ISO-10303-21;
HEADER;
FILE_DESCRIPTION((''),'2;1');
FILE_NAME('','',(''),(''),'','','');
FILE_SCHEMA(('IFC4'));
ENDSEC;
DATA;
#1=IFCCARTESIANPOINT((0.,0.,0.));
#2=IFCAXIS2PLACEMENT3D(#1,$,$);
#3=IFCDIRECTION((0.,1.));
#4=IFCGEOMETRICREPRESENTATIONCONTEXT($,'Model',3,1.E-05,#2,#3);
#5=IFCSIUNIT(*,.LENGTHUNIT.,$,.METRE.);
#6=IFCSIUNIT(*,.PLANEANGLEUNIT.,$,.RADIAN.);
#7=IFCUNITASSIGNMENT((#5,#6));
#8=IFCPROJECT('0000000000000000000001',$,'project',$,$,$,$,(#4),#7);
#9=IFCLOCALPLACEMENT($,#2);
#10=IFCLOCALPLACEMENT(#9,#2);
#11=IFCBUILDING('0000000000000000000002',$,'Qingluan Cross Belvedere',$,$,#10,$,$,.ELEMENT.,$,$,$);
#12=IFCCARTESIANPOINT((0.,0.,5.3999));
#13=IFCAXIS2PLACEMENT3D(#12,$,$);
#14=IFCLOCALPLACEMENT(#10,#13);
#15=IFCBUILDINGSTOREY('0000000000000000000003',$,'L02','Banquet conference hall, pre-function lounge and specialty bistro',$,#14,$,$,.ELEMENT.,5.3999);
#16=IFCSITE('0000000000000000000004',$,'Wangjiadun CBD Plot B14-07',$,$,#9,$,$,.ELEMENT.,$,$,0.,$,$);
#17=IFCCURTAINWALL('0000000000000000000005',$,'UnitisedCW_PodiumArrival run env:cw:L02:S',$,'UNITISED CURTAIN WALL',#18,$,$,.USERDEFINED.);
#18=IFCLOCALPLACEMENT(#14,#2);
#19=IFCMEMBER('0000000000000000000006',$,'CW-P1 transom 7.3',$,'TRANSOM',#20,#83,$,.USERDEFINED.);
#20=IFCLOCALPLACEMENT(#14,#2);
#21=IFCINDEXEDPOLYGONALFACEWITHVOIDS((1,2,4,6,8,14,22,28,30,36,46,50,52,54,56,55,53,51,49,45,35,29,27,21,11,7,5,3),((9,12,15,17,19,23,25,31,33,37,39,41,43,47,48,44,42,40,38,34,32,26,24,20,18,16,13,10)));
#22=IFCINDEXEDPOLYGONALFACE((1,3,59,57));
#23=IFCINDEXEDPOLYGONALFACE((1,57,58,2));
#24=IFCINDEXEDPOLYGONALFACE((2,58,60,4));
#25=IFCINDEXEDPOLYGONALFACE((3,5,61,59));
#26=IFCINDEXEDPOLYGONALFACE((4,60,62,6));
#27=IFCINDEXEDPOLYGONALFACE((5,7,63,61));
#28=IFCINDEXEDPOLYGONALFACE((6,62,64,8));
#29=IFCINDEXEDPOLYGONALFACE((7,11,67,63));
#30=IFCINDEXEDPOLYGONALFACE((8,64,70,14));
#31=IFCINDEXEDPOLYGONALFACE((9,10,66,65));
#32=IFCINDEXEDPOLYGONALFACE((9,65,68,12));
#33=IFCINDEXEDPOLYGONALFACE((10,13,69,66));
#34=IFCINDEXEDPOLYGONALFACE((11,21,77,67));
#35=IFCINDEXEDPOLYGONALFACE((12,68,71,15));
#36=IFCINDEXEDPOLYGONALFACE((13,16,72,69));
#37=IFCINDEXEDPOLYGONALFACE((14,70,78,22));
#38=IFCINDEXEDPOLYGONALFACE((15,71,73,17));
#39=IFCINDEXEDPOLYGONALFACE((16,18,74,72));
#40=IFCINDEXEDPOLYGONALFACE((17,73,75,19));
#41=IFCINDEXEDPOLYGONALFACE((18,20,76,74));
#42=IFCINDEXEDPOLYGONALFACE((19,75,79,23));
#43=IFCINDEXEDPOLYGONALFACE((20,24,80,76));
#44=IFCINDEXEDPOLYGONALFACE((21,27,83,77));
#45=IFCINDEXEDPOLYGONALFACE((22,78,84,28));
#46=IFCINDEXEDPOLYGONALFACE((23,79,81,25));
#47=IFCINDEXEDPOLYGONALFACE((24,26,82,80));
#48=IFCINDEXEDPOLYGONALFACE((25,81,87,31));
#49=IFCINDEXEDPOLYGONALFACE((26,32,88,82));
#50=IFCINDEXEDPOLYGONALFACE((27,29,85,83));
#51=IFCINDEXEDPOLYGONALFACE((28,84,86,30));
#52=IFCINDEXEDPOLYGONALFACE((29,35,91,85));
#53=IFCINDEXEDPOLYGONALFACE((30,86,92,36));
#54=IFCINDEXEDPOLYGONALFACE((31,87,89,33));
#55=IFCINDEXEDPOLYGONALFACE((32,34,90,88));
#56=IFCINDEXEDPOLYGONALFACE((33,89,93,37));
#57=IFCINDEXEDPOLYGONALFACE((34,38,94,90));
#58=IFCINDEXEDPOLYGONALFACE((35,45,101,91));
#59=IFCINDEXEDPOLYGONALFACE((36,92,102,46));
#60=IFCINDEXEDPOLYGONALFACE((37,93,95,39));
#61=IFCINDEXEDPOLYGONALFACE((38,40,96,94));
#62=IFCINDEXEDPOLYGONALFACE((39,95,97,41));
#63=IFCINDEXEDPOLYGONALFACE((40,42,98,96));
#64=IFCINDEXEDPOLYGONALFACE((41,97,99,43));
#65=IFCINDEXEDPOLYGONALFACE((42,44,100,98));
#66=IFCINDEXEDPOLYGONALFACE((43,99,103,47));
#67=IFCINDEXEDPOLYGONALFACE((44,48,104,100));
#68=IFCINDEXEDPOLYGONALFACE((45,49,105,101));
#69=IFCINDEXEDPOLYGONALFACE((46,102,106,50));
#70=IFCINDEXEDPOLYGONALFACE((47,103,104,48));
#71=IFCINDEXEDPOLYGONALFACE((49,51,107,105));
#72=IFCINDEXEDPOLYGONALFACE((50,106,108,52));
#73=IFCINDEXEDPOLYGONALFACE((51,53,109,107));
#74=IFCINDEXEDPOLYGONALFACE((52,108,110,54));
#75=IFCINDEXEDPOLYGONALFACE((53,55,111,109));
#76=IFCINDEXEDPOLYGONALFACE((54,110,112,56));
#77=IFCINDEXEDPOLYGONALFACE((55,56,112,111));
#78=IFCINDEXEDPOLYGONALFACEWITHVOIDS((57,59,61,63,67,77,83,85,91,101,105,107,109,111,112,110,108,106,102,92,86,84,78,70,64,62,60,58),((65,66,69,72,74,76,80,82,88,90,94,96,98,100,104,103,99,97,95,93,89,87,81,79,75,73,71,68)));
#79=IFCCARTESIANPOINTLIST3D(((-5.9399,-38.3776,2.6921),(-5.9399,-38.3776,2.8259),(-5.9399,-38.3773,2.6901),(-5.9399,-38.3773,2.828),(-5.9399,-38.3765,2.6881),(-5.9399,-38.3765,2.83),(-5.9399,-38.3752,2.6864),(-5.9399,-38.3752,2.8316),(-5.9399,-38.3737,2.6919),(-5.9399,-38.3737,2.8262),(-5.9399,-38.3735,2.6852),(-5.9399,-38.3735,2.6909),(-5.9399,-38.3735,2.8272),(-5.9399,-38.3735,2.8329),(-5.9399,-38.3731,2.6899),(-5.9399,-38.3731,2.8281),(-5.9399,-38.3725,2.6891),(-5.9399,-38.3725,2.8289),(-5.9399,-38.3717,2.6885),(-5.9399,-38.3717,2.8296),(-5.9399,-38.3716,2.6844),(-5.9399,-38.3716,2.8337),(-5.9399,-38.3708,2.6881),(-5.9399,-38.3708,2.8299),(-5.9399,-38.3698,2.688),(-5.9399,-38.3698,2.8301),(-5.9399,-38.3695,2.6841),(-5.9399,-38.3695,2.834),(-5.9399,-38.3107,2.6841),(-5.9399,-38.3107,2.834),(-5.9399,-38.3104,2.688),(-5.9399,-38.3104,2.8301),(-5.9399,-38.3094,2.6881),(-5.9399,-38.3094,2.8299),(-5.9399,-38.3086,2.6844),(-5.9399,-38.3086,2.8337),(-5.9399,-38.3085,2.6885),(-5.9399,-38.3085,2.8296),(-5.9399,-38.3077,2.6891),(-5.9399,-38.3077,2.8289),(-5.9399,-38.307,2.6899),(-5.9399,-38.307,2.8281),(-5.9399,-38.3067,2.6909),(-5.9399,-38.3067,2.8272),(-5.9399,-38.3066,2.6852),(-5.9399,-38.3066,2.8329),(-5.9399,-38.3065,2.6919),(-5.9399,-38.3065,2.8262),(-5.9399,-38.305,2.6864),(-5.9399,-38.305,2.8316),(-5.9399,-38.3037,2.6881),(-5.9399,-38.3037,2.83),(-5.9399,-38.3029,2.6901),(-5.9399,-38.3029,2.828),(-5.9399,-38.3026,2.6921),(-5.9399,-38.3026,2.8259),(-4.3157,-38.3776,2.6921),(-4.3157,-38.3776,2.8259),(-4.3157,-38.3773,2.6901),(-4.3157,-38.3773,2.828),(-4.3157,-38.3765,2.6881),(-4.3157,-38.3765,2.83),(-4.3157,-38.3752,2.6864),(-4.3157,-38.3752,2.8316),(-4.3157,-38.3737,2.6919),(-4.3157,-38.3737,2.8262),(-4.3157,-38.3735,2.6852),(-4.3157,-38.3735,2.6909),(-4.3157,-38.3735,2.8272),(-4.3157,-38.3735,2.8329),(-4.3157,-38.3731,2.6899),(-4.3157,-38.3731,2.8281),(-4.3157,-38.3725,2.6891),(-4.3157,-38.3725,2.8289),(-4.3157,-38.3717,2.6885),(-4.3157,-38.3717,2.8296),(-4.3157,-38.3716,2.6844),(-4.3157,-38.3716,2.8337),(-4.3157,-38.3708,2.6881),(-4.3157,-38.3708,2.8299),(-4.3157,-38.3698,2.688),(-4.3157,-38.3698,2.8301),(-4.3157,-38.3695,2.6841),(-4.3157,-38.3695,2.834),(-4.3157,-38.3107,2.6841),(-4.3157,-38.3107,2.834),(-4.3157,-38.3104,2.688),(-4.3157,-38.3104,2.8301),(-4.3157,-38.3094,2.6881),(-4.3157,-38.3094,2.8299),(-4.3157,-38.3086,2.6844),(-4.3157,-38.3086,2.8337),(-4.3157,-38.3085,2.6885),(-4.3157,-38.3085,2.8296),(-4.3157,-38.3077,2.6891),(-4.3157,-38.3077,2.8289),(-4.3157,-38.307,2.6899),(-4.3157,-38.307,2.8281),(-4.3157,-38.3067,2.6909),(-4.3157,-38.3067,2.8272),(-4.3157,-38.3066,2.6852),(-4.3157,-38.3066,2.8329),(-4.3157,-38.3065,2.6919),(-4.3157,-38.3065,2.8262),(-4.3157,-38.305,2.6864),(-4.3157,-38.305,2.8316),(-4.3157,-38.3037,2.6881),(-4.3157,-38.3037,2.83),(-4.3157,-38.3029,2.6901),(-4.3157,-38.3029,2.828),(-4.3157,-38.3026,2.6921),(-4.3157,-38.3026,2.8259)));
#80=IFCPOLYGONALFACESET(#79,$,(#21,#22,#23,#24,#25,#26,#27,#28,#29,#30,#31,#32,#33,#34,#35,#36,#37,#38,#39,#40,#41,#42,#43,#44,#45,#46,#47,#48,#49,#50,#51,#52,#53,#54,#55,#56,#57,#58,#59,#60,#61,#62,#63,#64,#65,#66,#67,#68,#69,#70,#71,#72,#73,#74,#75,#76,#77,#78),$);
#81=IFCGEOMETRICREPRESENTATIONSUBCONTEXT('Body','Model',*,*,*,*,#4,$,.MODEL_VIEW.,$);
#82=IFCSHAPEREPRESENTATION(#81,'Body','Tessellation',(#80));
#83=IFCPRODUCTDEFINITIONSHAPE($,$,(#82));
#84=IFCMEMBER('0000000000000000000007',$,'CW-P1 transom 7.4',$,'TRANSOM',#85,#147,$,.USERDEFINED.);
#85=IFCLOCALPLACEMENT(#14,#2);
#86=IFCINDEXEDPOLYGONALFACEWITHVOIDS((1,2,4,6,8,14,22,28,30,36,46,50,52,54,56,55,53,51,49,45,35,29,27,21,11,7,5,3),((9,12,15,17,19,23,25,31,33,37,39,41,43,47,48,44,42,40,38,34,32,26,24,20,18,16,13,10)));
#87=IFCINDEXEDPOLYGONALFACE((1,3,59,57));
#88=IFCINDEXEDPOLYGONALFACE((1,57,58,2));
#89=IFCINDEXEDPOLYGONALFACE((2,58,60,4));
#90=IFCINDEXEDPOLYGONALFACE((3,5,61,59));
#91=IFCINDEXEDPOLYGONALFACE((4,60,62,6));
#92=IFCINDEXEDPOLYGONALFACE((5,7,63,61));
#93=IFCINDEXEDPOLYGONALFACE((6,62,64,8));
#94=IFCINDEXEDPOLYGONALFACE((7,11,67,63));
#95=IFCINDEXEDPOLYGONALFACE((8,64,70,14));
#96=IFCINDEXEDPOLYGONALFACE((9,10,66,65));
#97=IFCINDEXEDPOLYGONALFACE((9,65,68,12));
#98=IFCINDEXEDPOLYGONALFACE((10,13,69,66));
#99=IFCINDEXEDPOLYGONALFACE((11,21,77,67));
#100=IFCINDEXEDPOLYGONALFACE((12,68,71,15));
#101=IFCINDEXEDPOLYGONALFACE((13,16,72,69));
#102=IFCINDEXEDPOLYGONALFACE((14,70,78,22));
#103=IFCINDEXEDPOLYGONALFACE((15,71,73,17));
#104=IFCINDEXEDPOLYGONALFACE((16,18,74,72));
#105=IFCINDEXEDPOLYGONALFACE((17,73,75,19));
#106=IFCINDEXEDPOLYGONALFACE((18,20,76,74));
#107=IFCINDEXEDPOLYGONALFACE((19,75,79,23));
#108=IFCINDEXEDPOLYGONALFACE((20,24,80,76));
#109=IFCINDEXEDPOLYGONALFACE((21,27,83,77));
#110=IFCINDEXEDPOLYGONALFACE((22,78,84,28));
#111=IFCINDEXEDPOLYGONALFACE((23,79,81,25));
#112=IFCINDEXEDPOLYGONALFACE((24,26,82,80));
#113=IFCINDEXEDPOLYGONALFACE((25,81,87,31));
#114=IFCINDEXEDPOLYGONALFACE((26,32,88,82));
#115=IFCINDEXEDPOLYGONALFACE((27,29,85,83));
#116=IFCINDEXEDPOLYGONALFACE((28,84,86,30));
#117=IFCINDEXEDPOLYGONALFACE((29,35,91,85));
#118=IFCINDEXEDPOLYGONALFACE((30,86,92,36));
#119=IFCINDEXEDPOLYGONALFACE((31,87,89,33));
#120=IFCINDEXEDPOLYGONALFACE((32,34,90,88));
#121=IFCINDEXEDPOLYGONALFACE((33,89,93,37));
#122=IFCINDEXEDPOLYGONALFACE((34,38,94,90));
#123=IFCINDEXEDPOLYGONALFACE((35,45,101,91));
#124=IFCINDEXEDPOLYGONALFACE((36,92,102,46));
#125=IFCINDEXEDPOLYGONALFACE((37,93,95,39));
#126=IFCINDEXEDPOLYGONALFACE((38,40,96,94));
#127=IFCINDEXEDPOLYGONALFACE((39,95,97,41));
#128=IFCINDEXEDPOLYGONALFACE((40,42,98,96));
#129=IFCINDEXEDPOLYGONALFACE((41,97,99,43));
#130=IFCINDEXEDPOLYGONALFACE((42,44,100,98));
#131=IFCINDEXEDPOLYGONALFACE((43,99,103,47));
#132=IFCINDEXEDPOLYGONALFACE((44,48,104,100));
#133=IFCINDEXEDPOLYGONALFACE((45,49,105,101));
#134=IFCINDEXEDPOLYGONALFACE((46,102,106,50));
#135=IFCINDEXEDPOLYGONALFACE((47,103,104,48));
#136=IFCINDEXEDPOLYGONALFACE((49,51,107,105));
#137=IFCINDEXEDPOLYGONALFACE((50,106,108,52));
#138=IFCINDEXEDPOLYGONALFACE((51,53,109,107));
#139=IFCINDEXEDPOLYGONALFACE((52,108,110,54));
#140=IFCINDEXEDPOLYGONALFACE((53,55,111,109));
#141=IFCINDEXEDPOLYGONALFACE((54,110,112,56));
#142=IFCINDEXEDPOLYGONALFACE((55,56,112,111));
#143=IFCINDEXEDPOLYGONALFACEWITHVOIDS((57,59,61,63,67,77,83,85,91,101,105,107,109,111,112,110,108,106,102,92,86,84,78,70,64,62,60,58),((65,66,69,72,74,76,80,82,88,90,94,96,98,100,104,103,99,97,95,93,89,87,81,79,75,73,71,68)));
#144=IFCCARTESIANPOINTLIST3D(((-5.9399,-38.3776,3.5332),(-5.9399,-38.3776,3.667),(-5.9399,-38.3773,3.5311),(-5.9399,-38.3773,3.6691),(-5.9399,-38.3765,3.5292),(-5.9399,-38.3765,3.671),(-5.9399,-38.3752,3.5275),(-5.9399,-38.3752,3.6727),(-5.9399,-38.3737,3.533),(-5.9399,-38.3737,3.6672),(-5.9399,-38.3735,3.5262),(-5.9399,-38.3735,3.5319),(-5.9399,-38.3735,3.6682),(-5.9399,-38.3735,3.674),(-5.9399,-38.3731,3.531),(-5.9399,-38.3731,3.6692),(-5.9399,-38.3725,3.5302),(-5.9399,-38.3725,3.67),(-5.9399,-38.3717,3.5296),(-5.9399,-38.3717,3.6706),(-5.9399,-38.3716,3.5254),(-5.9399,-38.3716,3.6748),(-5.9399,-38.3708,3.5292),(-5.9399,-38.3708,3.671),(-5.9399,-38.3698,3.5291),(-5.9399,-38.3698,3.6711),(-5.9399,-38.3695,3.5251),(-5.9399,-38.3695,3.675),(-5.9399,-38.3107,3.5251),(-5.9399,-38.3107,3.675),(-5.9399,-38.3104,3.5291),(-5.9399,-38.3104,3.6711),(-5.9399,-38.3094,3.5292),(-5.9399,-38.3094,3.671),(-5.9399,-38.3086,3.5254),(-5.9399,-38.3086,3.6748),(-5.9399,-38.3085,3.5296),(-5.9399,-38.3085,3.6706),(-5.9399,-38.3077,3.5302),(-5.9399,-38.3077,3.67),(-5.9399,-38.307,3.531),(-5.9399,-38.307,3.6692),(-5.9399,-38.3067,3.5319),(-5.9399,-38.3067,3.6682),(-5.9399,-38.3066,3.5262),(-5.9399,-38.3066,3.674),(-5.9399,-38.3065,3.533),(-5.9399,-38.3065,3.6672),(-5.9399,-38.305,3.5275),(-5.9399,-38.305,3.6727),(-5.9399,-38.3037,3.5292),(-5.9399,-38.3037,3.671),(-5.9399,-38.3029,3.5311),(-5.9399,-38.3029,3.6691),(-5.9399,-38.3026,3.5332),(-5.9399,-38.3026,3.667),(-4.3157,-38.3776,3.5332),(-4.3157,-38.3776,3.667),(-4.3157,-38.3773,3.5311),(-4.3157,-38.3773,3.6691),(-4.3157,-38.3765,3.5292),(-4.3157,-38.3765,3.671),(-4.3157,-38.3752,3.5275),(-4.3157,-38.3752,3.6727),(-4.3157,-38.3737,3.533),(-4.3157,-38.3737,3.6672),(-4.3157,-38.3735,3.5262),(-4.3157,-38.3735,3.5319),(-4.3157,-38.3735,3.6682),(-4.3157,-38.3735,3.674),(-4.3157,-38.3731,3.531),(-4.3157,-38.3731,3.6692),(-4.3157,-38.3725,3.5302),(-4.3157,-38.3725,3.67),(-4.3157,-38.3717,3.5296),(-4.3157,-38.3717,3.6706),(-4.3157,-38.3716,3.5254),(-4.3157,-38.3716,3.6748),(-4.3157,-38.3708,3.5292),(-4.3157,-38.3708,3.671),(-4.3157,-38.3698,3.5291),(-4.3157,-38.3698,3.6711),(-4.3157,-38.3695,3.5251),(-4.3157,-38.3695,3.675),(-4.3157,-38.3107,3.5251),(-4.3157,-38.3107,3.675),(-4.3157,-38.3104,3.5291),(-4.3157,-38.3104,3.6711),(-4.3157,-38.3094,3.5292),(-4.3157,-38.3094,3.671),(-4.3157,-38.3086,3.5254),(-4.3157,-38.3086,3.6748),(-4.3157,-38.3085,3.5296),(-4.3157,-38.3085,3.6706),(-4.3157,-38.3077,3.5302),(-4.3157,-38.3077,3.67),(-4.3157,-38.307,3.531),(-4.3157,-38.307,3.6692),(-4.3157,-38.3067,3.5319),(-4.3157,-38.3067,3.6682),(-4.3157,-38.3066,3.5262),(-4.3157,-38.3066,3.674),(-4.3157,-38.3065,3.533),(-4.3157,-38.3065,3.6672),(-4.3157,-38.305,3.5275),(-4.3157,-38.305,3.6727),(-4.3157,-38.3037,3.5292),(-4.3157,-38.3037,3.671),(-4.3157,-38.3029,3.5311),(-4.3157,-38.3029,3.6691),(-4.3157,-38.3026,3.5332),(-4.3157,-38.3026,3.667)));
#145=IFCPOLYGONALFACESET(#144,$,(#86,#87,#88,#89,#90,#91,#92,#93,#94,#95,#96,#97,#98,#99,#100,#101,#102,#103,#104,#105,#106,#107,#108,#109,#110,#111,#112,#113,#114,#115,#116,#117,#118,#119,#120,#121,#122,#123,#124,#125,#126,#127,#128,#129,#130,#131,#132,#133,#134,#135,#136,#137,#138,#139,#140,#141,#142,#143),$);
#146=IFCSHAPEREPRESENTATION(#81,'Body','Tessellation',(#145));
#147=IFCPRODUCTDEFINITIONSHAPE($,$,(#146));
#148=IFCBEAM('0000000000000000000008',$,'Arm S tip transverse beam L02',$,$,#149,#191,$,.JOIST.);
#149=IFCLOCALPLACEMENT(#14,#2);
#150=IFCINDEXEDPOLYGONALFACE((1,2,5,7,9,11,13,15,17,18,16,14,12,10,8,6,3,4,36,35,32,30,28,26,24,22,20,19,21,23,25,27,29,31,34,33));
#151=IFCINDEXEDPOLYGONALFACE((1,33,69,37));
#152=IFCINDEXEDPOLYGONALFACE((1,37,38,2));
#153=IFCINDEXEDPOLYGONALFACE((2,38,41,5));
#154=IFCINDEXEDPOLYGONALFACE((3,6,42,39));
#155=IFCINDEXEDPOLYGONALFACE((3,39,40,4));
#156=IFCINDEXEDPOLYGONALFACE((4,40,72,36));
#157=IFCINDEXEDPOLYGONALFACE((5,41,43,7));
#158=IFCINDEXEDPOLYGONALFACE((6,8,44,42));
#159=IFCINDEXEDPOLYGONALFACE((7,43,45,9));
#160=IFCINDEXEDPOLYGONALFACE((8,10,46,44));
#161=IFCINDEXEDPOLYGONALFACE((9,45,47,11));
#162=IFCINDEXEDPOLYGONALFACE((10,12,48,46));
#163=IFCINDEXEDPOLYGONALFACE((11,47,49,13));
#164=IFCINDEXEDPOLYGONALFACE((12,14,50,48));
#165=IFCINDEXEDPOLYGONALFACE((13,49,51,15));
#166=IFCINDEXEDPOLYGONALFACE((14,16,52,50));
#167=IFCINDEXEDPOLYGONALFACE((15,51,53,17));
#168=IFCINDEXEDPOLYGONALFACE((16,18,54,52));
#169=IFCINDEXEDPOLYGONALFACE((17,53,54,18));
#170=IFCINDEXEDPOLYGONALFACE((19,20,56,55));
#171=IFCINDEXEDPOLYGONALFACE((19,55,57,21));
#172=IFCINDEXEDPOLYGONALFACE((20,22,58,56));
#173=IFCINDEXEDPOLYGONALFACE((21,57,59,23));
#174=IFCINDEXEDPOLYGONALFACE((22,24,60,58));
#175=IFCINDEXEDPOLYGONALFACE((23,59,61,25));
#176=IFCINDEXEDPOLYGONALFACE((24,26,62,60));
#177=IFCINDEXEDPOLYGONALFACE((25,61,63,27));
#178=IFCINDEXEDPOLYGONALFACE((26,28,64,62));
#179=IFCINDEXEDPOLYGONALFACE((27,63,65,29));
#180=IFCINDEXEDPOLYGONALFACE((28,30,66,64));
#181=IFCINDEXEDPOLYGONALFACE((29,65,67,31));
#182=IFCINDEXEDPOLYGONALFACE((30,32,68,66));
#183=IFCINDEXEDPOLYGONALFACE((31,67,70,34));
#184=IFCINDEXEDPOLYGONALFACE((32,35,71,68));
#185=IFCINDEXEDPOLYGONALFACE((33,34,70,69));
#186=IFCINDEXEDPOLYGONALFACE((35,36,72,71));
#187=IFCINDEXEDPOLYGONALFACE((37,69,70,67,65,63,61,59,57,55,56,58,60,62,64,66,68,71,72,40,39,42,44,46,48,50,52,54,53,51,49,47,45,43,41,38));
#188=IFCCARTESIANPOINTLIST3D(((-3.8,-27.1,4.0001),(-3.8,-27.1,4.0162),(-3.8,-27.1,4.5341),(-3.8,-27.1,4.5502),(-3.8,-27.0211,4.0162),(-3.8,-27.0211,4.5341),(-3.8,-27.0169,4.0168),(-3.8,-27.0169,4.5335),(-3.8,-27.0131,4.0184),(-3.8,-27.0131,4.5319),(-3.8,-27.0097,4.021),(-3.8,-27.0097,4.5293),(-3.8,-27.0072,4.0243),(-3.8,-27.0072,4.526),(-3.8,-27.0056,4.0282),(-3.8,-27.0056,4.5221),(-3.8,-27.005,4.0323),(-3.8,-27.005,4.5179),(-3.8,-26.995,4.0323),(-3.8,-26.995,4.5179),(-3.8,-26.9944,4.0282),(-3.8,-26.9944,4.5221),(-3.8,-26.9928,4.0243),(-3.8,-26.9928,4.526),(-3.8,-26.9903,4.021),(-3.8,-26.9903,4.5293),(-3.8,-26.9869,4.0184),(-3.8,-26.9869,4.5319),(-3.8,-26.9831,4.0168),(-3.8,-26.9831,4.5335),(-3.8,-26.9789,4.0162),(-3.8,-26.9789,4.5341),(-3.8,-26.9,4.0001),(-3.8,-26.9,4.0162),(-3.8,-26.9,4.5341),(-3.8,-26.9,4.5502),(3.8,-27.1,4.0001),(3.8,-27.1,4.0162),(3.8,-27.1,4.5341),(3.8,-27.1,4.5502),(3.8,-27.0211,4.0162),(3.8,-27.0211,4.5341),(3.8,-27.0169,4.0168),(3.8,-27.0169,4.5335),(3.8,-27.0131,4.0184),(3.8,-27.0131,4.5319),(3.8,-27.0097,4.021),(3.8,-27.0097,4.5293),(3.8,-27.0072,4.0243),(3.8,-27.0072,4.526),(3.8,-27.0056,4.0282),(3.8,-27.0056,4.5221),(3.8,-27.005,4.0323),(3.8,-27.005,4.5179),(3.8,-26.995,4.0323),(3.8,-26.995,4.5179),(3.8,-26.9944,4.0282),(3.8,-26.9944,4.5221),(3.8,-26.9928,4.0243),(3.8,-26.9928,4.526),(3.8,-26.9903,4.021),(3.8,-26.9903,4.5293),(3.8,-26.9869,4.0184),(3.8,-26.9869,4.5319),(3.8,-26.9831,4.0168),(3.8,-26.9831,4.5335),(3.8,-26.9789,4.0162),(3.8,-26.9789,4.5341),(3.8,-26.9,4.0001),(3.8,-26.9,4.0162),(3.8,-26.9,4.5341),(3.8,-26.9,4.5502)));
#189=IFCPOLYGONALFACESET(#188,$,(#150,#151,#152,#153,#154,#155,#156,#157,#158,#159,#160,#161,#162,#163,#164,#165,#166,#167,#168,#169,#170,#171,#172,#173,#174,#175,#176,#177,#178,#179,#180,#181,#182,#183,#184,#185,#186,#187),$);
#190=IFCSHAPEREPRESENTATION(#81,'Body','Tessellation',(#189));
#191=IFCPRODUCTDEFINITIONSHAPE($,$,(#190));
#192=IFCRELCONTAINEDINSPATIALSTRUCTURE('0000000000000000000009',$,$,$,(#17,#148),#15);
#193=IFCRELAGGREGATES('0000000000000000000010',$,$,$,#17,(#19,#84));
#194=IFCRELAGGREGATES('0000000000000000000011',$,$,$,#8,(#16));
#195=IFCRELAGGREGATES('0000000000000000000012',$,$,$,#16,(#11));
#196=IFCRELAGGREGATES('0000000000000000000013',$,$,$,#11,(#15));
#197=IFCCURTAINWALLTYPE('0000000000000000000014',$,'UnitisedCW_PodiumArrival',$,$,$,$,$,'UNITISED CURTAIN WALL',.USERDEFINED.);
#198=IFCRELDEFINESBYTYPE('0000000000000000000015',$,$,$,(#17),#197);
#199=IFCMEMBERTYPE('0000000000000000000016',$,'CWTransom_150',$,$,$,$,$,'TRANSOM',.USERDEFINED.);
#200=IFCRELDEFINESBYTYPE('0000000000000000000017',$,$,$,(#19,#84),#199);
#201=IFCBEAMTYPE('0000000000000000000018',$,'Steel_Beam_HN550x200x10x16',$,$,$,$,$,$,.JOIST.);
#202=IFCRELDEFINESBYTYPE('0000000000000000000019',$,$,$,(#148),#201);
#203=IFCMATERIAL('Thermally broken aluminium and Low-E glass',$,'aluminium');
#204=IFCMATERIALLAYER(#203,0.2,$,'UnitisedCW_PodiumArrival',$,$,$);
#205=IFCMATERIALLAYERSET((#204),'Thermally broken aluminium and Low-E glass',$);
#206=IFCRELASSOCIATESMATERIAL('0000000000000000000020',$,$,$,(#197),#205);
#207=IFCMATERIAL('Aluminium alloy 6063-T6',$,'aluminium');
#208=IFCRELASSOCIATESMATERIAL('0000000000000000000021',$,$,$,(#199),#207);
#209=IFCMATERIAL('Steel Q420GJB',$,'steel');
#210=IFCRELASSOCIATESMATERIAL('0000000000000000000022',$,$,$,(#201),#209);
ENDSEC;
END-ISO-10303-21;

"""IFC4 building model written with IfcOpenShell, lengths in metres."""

from ifc_helpers import new_model, si_unit, direction, frame, origin, origin_2d, place, context, subcontext, project, spatial, hollow_rectangle, i_section, extrude, material, layer, layer_set, material_profile, profile_set, type_object, element, aggregate, save


model = new_model("IFC4")

# Units and contexts
model_context = context("Model", 3, precision=1e-05, world=origin(), true_north=direction((0.0, 1.0)))
body_context = subcontext(model_context, "Body", "Model", "MODEL_VIEW")
ifc_project = project(units=[si_unit("LENGTHUNIT", "METRE"), si_unit("PLANEANGLEUNIT", "RADIAN")], contexts=[model_context])

# Site, building, storey
site_placement = place(None, origin())
site = spatial("IfcSite", under=ifc_project, at=site_placement, Name="Wangjiadun CBD Plot B14-07", CompositionType="ELEMENT", RefElevation=0.0)
building_placement = place(site_placement, origin())
building = spatial("IfcBuilding", under=site, at=building_placement, Name="Qingluan Cross Belvedere", CompositionType="ELEMENT")
storey_placement = place(building_placement, frame((0.0, 0.0, 5.3999)))
storey = spatial("IfcBuildingStorey", under=building, at=storey_placement, Name="L02", Description="Banquet conference hall, pre-function lounge and specialty bistro", CompositionType="ELEMENT", Elevation=5.3999)

# Curtain wall, members
ifc_material_1 = material(Name="Thermally broken aluminium and Low-E glass", Category="aluminium")
ifc_layer_1 = layer(ifc_material_1, 0.2, Name="UnitisedCW_PodiumArrival")
ifc_layer_set_1 = layer_set([ifc_layer_1], Name="Thermally broken aluminium and Low-E glass")
curtain_wall_type = type_object("IfcCurtainWallType", Name="UnitisedCW_PodiumArrival", ElementType="UNITISED CURTAIN WALL", PredefinedType="USERDEFINED", material=ifc_layer_set_1)
curtain_wall_placement = place(storey_placement, origin())
curtain_wall = element("IfcCurtainWall", 1, at=curtain_wall_placement, inside=storey, type_object=curtain_wall_type, Name="UnitisedCW_PodiumArrival run env:cw:L02:S", ObjectType="UNITISED CURTAIN WALL", PredefinedType="USERDEFINED")
ifc_material_2 = material(Name="Aluminium alloy 6063-T6", Category="aluminium")
ifc_material_profile_1 = material_profile(ifc_material_2, hollow_rectangle(XDim=0.075, YDim=0.1499, WallThickness=0.0039, InnerFilletRadius=0.0039, OuterFilletRadius=0.0081, at=origin_2d()), Name="CWT150x75x4")
ifc_profile_set_1 = profile_set([ifc_material_profile_1], Name="Aluminium alloy 6063-T6")
member_type_1 = type_object("IfcMemberType", Name="CWTransom_150", ElementType="TRANSOM", PredefinedType="USERDEFINED", material=ifc_profile_set_1)
member_1_placement = place(storey_placement, frame((-4.3157, -38.3401, 2.759), z_axis=(-1.0, 0.0, 0.0), x_axis=(0.0, -1.0, 0.0)))
member_1 = element("IfcMember", 2, at=member_1_placement, type_object=member_type_1, Name="CW-P1 transom 7.3", ObjectType="TRANSOM", PredefinedType="USERDEFINED", context=body_context, shape_type="SweptSolid", body=[
    extrude(hollow_rectangle(XDim=0.075, YDim=0.1499, WallThickness=0.0039, InnerFilletRadius=0.0039, OuterFilletRadius=0.0081, at=origin_2d()), origin(), (0.0, 0.0, 1.0), 1.6243),
])
member_2_placement = place(storey_placement, frame((-4.3157, -38.3401, 3.6001), z_axis=(-1.0, 0.0, 0.0), x_axis=(0.0, -1.0, 0.0)))
member_2 = element("IfcMember", 3, at=member_2_placement, type_object=member_type_1, Name="CW-P1 transom 7.4", ObjectType="TRANSOM", PredefinedType="USERDEFINED", context=body_context, shape_type="SweptSolid", body=[
    extrude(hollow_rectangle(XDim=0.075, YDim=0.1499, WallThickness=0.0039, InnerFilletRadius=0.0039, OuterFilletRadius=0.0081, at=origin_2d()), origin(), (0.0, 0.0, 1.0), 1.6243),
])

# Beam
ifc_material_3 = material(Name="Steel Q420GJB", Category="steel")
ifc_material_profile_2 = material_profile(ifc_material_3, i_section(OverallWidth=0.2, OverallDepth=0.55, WebThickness=0.01, FlangeThickness=0.0161, FilletRadius=0.0161, at=origin_2d()), Name="HN550x200x10x16")
ifc_profile_set_2 = profile_set([ifc_material_profile_2], Name="Steel Q420GJB")
beam_type = type_object("IfcBeamType", Name="Steel_Beam_HN550x200x10x16", PredefinedType="JOIST", material=ifc_profile_set_2)
beam_placement = place(storey_placement, frame((-3.8, -27.0, 4.2751), z_axis=(1.0, 0.0, 0.0), x_axis=(0.0, 1.0, 0.0)))
element("IfcBeam", 4, at=beam_placement, inside=storey, type_object=beam_type, Name="Arm S tip transverse beam L02", PredefinedType="JOIST", context=body_context, shape_type="SweptSolid", body=[
    extrude(i_section(OverallWidth=0.2, OverallDepth=0.55, WebThickness=0.01, FlangeThickness=0.0161, FilletRadius=0.0161, at=origin_2d()), origin(), (0.0, 0.0, 1.0), 7.6001),
])

aggregate(curtain_wall, [member_1, member_2])

save(model, "model.ifc")
